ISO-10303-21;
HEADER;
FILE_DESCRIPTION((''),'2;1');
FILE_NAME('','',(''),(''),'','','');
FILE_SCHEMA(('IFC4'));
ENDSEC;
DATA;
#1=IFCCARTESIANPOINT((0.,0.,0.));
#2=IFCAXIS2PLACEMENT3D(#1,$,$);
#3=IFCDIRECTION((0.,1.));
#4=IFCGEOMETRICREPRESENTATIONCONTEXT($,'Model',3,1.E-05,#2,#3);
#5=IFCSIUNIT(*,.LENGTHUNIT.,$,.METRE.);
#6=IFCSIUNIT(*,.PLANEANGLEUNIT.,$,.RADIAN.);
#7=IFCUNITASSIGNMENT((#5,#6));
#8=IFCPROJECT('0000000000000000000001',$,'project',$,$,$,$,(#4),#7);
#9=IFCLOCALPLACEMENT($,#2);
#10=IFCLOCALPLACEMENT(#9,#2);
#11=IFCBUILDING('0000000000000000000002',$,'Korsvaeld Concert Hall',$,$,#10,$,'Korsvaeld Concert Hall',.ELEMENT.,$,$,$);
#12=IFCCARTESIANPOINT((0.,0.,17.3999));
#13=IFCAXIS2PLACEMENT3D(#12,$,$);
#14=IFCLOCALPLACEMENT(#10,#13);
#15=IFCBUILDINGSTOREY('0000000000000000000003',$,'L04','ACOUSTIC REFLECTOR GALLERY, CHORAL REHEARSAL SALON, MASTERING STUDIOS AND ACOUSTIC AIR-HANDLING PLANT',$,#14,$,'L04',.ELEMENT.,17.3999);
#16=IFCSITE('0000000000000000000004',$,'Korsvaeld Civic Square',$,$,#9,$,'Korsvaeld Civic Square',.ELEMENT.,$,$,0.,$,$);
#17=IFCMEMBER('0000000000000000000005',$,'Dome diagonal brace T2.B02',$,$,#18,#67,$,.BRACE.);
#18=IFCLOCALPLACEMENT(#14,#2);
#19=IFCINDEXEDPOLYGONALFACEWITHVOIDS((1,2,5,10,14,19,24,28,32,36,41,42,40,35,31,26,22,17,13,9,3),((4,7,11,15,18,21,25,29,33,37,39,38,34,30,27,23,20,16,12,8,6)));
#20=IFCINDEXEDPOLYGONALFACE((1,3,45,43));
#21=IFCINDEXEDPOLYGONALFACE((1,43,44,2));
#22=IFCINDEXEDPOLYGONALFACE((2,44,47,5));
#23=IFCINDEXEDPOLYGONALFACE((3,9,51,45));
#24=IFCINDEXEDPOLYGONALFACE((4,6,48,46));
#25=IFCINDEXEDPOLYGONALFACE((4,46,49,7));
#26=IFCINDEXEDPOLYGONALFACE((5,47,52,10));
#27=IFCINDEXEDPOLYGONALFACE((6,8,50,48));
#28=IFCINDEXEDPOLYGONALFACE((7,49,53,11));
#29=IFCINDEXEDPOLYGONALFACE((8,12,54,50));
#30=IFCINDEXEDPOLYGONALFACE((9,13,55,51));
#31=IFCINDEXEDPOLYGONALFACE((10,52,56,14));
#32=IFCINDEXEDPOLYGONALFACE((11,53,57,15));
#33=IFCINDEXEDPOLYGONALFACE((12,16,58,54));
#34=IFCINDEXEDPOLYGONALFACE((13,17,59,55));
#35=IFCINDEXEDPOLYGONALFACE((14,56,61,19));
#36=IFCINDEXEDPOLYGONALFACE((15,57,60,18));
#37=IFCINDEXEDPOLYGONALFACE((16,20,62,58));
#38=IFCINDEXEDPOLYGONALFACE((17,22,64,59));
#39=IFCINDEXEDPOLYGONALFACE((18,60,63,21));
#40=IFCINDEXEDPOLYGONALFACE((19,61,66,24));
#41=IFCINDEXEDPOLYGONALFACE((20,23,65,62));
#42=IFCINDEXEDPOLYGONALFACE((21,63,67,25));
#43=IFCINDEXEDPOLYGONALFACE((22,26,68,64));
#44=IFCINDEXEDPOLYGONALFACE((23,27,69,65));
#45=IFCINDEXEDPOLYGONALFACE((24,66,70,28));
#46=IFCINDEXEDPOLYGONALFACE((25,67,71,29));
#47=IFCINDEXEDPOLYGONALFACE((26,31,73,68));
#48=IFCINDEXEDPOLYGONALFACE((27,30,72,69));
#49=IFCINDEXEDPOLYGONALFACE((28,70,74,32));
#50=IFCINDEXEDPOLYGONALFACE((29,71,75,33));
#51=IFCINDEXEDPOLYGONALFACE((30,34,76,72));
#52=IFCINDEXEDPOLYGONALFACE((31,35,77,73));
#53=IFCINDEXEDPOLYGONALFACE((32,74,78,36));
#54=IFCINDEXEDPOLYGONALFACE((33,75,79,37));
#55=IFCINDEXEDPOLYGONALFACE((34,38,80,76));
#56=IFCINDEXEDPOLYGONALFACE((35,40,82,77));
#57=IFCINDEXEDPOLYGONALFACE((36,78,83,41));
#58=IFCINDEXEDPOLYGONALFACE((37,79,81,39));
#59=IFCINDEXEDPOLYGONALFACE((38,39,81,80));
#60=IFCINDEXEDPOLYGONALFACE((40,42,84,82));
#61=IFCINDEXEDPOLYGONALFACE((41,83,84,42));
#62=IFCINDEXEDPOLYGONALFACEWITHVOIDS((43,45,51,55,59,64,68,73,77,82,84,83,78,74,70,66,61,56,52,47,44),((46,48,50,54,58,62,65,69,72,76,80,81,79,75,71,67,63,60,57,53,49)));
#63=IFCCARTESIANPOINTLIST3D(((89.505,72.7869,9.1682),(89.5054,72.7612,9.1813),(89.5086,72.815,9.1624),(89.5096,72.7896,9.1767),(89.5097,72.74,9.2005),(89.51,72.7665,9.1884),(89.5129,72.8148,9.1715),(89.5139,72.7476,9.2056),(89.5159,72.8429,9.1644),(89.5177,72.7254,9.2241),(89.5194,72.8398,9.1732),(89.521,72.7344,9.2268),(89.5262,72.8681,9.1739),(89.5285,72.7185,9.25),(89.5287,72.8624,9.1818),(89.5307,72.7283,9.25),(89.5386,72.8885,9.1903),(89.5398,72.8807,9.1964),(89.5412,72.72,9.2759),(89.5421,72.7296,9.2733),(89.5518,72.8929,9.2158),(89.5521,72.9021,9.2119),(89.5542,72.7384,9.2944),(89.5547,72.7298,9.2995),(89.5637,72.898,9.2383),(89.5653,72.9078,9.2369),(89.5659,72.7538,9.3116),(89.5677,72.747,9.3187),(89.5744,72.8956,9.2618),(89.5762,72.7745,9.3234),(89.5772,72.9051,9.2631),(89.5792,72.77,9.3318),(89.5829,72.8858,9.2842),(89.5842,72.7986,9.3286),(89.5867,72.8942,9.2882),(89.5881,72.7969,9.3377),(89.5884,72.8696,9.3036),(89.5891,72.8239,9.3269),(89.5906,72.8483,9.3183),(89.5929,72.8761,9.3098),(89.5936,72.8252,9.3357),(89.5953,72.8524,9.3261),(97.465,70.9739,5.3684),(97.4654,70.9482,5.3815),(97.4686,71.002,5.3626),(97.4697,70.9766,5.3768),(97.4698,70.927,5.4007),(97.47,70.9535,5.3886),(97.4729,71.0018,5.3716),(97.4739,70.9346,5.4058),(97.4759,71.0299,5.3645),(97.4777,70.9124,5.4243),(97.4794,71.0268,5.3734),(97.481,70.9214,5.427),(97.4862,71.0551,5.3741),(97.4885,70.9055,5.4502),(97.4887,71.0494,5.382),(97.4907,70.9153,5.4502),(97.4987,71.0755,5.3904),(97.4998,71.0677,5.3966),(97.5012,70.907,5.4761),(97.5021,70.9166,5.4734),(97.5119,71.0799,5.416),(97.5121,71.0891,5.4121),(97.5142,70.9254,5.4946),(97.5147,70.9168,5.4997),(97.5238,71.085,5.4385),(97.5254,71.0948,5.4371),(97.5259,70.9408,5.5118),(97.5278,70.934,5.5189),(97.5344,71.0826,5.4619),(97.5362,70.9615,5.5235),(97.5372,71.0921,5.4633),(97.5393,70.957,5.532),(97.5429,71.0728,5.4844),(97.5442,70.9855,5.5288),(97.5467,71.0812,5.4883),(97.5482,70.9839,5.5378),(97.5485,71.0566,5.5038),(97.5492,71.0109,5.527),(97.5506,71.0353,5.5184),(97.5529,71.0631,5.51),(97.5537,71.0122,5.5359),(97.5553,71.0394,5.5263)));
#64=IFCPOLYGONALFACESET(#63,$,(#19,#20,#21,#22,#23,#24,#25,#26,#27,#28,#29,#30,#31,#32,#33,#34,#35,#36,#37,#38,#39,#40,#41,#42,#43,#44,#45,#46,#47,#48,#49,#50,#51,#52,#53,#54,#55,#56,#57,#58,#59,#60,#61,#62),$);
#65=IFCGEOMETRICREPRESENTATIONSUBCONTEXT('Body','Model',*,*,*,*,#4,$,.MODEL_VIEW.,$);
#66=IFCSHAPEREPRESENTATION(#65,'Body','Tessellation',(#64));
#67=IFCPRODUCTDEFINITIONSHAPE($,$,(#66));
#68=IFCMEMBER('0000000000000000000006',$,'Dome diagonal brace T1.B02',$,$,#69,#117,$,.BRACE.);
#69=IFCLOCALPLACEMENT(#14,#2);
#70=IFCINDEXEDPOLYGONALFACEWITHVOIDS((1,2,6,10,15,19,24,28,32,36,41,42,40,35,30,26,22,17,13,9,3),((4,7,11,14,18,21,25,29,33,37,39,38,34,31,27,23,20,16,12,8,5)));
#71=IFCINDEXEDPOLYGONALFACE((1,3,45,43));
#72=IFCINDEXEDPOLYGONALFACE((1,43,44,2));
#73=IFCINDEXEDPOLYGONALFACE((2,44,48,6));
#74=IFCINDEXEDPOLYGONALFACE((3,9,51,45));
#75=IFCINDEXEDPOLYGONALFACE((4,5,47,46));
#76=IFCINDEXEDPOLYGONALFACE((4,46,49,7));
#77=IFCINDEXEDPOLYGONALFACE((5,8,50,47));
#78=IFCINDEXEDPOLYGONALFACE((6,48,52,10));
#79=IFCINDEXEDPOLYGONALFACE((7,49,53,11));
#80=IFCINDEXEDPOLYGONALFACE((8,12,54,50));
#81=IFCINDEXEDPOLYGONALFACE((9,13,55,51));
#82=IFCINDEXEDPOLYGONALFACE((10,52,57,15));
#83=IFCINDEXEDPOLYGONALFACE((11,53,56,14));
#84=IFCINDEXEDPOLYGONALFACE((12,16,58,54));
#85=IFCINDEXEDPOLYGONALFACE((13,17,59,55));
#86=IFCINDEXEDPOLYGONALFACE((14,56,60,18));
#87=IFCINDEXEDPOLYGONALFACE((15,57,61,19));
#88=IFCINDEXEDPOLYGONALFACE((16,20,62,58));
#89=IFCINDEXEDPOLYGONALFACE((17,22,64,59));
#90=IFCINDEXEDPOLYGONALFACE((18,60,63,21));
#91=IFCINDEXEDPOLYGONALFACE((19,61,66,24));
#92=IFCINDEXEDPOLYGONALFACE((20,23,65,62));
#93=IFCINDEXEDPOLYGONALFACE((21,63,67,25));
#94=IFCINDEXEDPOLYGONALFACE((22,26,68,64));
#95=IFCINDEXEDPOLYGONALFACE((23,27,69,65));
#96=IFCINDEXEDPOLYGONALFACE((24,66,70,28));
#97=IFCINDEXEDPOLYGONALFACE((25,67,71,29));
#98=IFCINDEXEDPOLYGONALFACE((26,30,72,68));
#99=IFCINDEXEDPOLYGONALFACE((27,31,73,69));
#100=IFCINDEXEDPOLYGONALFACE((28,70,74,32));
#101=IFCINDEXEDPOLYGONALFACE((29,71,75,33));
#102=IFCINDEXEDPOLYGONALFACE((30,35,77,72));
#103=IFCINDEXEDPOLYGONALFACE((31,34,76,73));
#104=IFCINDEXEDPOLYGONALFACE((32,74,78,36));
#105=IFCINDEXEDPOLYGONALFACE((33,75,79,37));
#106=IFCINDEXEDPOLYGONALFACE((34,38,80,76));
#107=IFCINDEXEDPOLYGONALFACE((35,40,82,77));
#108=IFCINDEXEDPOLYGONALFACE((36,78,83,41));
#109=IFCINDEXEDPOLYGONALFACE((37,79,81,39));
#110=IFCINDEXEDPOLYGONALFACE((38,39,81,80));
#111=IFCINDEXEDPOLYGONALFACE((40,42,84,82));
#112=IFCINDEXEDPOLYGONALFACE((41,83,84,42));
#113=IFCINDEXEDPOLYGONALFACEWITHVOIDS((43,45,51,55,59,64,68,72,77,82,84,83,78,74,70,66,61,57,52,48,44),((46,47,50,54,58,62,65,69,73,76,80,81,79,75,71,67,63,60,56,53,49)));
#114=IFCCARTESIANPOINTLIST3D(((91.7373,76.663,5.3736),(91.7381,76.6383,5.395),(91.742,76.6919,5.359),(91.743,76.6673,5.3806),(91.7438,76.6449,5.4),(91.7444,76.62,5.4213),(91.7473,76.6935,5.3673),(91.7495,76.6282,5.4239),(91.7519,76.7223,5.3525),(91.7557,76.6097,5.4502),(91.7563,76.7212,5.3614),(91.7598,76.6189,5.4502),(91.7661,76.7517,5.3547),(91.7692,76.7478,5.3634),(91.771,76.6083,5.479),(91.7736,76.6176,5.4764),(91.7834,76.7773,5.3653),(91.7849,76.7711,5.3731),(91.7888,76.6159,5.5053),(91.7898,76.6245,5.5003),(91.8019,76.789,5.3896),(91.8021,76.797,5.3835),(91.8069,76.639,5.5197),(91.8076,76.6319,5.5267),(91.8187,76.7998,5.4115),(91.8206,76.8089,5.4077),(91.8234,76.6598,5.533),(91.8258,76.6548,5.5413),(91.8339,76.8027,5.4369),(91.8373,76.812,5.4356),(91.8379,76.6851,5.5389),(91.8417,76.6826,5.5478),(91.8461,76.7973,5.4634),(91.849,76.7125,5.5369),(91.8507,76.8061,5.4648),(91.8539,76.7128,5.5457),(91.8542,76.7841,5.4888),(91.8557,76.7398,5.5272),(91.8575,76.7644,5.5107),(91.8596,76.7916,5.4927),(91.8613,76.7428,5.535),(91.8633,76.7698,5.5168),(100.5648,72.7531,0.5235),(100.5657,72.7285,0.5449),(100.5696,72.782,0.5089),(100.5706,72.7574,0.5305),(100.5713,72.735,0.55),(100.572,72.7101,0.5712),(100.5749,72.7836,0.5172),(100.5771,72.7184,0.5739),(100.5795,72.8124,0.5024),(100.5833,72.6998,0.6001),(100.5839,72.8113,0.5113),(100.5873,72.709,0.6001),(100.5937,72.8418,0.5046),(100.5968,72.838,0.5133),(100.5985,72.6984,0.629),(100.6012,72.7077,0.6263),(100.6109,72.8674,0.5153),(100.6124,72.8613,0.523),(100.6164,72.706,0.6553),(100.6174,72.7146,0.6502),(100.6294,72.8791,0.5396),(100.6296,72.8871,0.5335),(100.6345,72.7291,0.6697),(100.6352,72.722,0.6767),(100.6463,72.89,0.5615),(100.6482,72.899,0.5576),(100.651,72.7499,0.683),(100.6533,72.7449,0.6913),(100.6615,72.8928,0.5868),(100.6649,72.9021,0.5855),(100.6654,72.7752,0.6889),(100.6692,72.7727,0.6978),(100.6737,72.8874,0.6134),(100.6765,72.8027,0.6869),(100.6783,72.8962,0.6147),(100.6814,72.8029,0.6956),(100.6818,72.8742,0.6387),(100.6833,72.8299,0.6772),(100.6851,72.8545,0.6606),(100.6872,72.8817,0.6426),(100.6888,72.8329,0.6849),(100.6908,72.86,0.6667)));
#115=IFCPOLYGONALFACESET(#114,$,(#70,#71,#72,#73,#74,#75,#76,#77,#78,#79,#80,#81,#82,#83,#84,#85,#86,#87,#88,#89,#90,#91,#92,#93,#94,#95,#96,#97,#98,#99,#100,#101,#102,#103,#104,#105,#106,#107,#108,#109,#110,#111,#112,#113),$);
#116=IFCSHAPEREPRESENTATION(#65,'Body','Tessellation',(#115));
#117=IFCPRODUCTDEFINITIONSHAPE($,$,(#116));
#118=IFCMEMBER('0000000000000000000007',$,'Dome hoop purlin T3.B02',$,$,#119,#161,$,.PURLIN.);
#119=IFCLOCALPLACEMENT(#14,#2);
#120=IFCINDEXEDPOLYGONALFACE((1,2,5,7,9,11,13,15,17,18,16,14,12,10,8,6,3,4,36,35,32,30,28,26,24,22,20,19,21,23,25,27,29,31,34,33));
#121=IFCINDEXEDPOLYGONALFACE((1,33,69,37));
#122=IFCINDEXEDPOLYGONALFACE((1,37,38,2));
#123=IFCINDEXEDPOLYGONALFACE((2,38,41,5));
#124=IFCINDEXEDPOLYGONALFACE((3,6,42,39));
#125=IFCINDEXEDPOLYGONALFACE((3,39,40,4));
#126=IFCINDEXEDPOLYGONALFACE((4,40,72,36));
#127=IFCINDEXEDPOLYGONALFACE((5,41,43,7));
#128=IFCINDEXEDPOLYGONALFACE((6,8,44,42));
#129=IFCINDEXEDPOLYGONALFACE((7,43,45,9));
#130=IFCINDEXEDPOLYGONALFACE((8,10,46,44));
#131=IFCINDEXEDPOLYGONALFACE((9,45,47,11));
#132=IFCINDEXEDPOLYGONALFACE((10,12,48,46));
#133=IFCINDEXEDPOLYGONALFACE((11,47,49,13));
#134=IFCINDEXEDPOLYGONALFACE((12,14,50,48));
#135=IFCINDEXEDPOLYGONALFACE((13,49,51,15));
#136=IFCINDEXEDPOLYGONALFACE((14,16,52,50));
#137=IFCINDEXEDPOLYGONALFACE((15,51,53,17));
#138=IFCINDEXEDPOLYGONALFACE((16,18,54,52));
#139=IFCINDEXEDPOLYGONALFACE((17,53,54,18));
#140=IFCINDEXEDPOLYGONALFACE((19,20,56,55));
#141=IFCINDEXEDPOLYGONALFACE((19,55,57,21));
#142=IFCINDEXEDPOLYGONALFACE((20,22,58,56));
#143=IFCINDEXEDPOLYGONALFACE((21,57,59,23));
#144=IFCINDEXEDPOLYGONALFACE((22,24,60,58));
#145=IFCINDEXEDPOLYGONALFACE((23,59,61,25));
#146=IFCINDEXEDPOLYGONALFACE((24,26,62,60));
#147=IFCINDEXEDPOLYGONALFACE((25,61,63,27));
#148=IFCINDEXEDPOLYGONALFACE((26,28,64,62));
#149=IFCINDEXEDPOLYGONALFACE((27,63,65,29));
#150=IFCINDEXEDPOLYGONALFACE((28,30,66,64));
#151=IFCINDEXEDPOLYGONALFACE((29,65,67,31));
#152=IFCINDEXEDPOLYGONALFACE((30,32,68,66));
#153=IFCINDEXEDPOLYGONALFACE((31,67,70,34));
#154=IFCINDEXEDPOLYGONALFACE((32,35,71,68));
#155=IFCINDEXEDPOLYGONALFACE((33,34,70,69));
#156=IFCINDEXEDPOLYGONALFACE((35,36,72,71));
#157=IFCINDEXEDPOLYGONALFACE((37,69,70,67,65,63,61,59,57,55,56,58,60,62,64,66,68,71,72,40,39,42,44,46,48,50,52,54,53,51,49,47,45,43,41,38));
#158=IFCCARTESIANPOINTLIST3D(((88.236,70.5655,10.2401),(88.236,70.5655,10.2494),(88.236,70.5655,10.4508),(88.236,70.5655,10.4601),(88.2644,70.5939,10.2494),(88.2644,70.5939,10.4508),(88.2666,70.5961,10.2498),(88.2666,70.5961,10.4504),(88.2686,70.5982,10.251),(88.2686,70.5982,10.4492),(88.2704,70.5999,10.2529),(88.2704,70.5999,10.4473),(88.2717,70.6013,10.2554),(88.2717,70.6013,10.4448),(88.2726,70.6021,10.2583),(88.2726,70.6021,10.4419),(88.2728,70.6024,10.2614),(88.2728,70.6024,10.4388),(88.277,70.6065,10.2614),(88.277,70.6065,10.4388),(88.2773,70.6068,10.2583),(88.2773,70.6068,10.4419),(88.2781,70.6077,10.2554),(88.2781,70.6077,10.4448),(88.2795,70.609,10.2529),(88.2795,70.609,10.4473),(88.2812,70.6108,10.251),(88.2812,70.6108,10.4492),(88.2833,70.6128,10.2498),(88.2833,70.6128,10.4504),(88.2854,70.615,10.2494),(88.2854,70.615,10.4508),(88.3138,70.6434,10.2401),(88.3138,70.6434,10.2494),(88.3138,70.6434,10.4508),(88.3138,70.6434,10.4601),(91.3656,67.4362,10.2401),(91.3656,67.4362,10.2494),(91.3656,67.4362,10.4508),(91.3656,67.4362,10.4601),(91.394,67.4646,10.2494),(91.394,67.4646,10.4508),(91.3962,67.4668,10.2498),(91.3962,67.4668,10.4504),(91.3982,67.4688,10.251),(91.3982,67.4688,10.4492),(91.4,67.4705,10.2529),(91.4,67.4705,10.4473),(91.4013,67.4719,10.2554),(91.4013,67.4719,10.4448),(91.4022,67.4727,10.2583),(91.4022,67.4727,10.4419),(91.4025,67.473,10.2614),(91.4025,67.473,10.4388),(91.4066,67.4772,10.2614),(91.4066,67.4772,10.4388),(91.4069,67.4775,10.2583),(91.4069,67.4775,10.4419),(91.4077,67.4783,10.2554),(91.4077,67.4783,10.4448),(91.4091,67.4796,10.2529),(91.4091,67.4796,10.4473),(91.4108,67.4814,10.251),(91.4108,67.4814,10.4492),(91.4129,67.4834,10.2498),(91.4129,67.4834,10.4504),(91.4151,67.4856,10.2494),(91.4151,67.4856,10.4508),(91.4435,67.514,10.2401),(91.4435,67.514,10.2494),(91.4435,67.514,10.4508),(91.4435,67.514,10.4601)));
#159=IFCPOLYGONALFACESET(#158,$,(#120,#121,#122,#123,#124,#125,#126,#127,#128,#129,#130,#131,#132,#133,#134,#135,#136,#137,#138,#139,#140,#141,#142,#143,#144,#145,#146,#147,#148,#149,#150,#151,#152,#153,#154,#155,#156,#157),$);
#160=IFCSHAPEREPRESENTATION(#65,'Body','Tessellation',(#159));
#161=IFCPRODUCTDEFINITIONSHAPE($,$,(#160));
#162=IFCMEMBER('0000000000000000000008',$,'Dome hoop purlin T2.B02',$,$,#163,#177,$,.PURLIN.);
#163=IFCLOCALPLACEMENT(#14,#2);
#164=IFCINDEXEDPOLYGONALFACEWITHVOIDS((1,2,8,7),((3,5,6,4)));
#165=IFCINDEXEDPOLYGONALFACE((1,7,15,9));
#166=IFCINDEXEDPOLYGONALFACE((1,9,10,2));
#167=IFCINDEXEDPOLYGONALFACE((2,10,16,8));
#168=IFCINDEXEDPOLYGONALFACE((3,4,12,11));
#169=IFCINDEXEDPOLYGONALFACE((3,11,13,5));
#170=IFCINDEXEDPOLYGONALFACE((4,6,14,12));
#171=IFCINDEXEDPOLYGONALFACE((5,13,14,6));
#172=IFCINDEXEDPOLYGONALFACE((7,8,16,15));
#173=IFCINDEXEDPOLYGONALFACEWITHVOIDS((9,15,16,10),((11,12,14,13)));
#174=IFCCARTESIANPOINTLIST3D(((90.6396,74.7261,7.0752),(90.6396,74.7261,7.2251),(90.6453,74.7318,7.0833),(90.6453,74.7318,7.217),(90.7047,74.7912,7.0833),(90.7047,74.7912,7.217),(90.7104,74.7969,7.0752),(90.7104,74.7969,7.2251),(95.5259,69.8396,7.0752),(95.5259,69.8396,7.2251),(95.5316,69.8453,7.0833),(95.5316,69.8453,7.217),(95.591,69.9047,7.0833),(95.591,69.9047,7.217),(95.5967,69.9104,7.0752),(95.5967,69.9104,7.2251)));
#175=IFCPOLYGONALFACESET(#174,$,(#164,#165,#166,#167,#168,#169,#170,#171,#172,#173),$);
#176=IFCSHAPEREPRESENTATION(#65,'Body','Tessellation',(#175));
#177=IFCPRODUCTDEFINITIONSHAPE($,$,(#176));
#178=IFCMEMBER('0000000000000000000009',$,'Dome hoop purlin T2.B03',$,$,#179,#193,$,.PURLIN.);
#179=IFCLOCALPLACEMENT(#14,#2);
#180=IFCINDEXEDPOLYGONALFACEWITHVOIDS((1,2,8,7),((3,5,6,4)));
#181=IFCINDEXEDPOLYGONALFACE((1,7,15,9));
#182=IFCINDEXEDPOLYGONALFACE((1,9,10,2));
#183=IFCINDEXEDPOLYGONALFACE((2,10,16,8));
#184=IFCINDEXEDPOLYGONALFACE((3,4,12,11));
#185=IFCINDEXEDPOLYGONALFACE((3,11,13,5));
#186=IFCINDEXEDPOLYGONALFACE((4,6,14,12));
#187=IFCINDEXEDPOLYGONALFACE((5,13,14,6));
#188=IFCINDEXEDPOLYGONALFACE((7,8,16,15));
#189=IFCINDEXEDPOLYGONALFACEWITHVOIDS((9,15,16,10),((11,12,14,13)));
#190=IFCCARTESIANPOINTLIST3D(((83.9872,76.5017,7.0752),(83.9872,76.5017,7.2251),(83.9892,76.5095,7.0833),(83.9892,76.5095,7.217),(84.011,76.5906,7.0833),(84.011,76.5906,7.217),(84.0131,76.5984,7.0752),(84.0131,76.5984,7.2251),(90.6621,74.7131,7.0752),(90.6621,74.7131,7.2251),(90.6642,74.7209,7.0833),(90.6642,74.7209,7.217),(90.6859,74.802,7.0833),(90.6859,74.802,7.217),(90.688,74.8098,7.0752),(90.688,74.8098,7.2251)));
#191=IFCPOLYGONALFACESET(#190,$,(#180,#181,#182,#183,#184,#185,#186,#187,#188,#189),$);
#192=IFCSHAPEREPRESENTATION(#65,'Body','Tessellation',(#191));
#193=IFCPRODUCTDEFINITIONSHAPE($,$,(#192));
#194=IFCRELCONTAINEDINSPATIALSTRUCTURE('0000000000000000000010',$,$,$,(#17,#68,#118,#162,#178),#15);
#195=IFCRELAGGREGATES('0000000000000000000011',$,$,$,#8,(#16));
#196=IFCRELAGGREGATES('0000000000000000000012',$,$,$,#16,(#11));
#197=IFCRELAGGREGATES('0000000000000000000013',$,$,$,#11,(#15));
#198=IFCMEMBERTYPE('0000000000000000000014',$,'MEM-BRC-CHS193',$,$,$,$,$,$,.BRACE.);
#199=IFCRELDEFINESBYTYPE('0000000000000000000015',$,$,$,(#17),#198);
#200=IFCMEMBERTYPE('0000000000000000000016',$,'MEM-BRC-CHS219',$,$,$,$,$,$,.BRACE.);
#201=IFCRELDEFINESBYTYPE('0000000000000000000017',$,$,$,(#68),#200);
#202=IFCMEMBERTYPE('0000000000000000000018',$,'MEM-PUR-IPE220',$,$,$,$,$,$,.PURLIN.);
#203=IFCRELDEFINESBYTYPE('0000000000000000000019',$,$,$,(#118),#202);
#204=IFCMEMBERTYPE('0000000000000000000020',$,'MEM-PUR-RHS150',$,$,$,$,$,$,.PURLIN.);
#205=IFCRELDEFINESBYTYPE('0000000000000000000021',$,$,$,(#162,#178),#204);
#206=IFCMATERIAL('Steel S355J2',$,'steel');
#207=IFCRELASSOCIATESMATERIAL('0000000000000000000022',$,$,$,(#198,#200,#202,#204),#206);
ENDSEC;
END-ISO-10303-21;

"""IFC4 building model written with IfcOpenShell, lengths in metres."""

from ifc_helpers import new_model, si_unit, direction, frame, origin, origin_2d, place, context, subcontext, project, spatial, hollow_rectangle, hollow_circle, i_section, extrude, material, material_profile, profile_set, type_object, element, save


model = new_model("IFC4")

# Units and contexts
model_context = context("Model", 3, precision=1e-05, world=origin(), true_north=direction((0.0, 1.0)))
body_context = subcontext(model_context, "Body", "Model", "MODEL_VIEW")
ifc_project = project(units=[si_unit("LENGTHUNIT", "METRE"), si_unit("PLANEANGLEUNIT", "RADIAN")], contexts=[model_context])

# Site, building, storey
site_placement = place(None, origin())
site = spatial("IfcSite", under=ifc_project, at=site_placement, Name="Korsvaeld Civic Square", LongName="Korsvaeld Civic Square", CompositionType="ELEMENT", RefElevation=0.0)
building_placement = place(site_placement, origin())
building = spatial("IfcBuilding", under=site, at=building_placement, Name="Korsvaeld Concert Hall", LongName="Korsvaeld Concert Hall", CompositionType="ELEMENT")
storey_placement = place(building_placement, frame((0.0, 0.0, 17.3999)))
storey = spatial("IfcBuildingStorey", under=building, at=storey_placement, Name="L04", Description="ACOUSTIC REFLECTOR GALLERY, CHORAL REHEARSAL SALON, MASTERING STUDIOS AND ACOUSTIC AIR-HANDLING PLANT", LongName="L04", CompositionType="ELEMENT", Elevation=17.3999)

# Shared definitions
ifc_material_1 = material(Name="Steel S355J2", Category="steel")

# Members
ifc_material_profile_1 = material_profile(ifc_material_1, hollow_circle(Radius=0.0969, WallThickness=0.01, at=origin_2d()), Name="CHS 193.7x10")
ifc_profile_set_1 = profile_set([ifc_material_profile_1], Name="Steel S355J2")
member_type_1 = type_object("IfcMemberType", Name="MEM-BRC-CHS193", PredefinedType="BRACE", material=ifc_profile_set_1)
member_1_placement = place(storey_placement, frame((97.51, 71.0, 5.4502), z_axis=(-0.883969, 0.201336, 0.421975), x_axis=(-0.222076, -0.975029, 0.0)))
element("IfcMember", 1, at=member_1_placement, inside=storey, type_object=member_type_1, Name="Dome diagonal brace T2.B02", PredefinedType="BRACE", context=body_context, shape_type="SweptSolid", body=[
    extrude(hollow_circle(Radius=0.0969, WallThickness=0.01, at=origin_2d()), origin(), (0.0, 0.0, 1.0), 9.0049),
])
ifc_material_profile_2 = material_profile(ifc_material_1, hollow_circle(Radius=0.1096, WallThickness=0.01, at=origin_2d()), Name="CHS 219.1x10")
ifc_profile_set_2 = profile_set([ifc_material_profile_2], Name="Steel S355J2")
member_type_2 = type_object("IfcMemberType", Name="MEM-BRC-CHS219", PredefinedType="BRACE", material=ifc_profile_set_2)
member_2_placement = place(storey_placement, frame((100.6277, 72.8, 0.6001), z_axis=(-0.817031, 0.361877, 0.448895), x_axis=(-0.404972, -0.914329, 0.0)))
element("IfcMember", 2, at=member_2_placement, inside=storey, type_object=member_type_2, Name="Dome diagonal brace T1.B02", PredefinedType="BRACE", context=body_context, shape_type="SweptSolid", body=[
    extrude(hollow_circle(Radius=0.1096, WallThickness=0.01, at=origin_2d()), origin(), (0.0, 0.0, 1.0), 10.8044),
])
ifc_material_profile_3 = material_profile(ifc_material_1, i_section(OverallWidth=0.1101, OverallDepth=0.22, WebThickness=0.0059, FlangeThickness=0.0093, FilletRadius=0.012, at=origin_2d()), Name="IPE 220")
ifc_profile_set_3 = profile_set([ifc_material_profile_3], Name="Steel S355J2")
member_type_3 = type_object("IfcMemberType", Name="MEM-PUR-IPE220", PredefinedType="PURLIN", material=ifc_profile_set_3)
member_3_placement = place(storey_placement, frame((91.4045, 67.4751, 10.3501), z_axis=(-0.707134, 0.707079, 0.0), x_axis=(-0.707079, -0.707134, 0.0)))
element("IfcMember", 3, at=member_3_placement, inside=storey, type_object=member_type_3, Name="Dome hoop purlin T3.B02", PredefinedType="PURLIN", context=body_context, shape_type="SweptSolid", body=[
    extrude(i_section(OverallWidth=0.1101, OverallDepth=0.22, WebThickness=0.0059, FlangeThickness=0.0093, FilletRadius=0.012, at=origin_2d()), origin(), (0.0, 0.0, 1.0), 4.4258),
])
ifc_material_profile_4 = material_profile(ifc_material_1, hollow_rectangle(XDim=0.1001, YDim=0.1499, WallThickness=0.0081, at=origin_2d()), Name="RHS 150x100x8")
ifc_profile_set_4 = profile_set([ifc_material_profile_4], Name="Steel S355J2")
member_type_4 = type_object("IfcMemberType", Name="MEM-PUR-RHS150", PredefinedType="PURLIN", material=ifc_profile_set_4)
for number, where, z_axis, x_axis, name in (
    (4, (95.5613, 69.875, 7.1501), (-0.707089, 0.707124, 0.0), (-0.707124, -0.707089, 0.0), "Dome hoop purlin T2.B02"),
    (5, (90.675, 74.7615, 7.1501), (-0.965926, 0.258819, 0.0), (-0.258819, -0.965926, 0.0), "Dome hoop purlin T2.B03"),
):
    element("IfcMember", number, at=place(storey_placement, frame(where, z_axis=z_axis, x_axis=x_axis)), inside=storey, type_object=member_type_4, Name=name, PredefinedType="PURLIN", context=body_context, shape_type="SweptSolid", body=[
        extrude(hollow_rectangle(XDim=0.1001, YDim=0.1499, WallThickness=0.0081, at=origin_2d()), origin(), (0.0, 0.0, 1.0), 6.9104),
    ])

save(model, "model.ifc")
